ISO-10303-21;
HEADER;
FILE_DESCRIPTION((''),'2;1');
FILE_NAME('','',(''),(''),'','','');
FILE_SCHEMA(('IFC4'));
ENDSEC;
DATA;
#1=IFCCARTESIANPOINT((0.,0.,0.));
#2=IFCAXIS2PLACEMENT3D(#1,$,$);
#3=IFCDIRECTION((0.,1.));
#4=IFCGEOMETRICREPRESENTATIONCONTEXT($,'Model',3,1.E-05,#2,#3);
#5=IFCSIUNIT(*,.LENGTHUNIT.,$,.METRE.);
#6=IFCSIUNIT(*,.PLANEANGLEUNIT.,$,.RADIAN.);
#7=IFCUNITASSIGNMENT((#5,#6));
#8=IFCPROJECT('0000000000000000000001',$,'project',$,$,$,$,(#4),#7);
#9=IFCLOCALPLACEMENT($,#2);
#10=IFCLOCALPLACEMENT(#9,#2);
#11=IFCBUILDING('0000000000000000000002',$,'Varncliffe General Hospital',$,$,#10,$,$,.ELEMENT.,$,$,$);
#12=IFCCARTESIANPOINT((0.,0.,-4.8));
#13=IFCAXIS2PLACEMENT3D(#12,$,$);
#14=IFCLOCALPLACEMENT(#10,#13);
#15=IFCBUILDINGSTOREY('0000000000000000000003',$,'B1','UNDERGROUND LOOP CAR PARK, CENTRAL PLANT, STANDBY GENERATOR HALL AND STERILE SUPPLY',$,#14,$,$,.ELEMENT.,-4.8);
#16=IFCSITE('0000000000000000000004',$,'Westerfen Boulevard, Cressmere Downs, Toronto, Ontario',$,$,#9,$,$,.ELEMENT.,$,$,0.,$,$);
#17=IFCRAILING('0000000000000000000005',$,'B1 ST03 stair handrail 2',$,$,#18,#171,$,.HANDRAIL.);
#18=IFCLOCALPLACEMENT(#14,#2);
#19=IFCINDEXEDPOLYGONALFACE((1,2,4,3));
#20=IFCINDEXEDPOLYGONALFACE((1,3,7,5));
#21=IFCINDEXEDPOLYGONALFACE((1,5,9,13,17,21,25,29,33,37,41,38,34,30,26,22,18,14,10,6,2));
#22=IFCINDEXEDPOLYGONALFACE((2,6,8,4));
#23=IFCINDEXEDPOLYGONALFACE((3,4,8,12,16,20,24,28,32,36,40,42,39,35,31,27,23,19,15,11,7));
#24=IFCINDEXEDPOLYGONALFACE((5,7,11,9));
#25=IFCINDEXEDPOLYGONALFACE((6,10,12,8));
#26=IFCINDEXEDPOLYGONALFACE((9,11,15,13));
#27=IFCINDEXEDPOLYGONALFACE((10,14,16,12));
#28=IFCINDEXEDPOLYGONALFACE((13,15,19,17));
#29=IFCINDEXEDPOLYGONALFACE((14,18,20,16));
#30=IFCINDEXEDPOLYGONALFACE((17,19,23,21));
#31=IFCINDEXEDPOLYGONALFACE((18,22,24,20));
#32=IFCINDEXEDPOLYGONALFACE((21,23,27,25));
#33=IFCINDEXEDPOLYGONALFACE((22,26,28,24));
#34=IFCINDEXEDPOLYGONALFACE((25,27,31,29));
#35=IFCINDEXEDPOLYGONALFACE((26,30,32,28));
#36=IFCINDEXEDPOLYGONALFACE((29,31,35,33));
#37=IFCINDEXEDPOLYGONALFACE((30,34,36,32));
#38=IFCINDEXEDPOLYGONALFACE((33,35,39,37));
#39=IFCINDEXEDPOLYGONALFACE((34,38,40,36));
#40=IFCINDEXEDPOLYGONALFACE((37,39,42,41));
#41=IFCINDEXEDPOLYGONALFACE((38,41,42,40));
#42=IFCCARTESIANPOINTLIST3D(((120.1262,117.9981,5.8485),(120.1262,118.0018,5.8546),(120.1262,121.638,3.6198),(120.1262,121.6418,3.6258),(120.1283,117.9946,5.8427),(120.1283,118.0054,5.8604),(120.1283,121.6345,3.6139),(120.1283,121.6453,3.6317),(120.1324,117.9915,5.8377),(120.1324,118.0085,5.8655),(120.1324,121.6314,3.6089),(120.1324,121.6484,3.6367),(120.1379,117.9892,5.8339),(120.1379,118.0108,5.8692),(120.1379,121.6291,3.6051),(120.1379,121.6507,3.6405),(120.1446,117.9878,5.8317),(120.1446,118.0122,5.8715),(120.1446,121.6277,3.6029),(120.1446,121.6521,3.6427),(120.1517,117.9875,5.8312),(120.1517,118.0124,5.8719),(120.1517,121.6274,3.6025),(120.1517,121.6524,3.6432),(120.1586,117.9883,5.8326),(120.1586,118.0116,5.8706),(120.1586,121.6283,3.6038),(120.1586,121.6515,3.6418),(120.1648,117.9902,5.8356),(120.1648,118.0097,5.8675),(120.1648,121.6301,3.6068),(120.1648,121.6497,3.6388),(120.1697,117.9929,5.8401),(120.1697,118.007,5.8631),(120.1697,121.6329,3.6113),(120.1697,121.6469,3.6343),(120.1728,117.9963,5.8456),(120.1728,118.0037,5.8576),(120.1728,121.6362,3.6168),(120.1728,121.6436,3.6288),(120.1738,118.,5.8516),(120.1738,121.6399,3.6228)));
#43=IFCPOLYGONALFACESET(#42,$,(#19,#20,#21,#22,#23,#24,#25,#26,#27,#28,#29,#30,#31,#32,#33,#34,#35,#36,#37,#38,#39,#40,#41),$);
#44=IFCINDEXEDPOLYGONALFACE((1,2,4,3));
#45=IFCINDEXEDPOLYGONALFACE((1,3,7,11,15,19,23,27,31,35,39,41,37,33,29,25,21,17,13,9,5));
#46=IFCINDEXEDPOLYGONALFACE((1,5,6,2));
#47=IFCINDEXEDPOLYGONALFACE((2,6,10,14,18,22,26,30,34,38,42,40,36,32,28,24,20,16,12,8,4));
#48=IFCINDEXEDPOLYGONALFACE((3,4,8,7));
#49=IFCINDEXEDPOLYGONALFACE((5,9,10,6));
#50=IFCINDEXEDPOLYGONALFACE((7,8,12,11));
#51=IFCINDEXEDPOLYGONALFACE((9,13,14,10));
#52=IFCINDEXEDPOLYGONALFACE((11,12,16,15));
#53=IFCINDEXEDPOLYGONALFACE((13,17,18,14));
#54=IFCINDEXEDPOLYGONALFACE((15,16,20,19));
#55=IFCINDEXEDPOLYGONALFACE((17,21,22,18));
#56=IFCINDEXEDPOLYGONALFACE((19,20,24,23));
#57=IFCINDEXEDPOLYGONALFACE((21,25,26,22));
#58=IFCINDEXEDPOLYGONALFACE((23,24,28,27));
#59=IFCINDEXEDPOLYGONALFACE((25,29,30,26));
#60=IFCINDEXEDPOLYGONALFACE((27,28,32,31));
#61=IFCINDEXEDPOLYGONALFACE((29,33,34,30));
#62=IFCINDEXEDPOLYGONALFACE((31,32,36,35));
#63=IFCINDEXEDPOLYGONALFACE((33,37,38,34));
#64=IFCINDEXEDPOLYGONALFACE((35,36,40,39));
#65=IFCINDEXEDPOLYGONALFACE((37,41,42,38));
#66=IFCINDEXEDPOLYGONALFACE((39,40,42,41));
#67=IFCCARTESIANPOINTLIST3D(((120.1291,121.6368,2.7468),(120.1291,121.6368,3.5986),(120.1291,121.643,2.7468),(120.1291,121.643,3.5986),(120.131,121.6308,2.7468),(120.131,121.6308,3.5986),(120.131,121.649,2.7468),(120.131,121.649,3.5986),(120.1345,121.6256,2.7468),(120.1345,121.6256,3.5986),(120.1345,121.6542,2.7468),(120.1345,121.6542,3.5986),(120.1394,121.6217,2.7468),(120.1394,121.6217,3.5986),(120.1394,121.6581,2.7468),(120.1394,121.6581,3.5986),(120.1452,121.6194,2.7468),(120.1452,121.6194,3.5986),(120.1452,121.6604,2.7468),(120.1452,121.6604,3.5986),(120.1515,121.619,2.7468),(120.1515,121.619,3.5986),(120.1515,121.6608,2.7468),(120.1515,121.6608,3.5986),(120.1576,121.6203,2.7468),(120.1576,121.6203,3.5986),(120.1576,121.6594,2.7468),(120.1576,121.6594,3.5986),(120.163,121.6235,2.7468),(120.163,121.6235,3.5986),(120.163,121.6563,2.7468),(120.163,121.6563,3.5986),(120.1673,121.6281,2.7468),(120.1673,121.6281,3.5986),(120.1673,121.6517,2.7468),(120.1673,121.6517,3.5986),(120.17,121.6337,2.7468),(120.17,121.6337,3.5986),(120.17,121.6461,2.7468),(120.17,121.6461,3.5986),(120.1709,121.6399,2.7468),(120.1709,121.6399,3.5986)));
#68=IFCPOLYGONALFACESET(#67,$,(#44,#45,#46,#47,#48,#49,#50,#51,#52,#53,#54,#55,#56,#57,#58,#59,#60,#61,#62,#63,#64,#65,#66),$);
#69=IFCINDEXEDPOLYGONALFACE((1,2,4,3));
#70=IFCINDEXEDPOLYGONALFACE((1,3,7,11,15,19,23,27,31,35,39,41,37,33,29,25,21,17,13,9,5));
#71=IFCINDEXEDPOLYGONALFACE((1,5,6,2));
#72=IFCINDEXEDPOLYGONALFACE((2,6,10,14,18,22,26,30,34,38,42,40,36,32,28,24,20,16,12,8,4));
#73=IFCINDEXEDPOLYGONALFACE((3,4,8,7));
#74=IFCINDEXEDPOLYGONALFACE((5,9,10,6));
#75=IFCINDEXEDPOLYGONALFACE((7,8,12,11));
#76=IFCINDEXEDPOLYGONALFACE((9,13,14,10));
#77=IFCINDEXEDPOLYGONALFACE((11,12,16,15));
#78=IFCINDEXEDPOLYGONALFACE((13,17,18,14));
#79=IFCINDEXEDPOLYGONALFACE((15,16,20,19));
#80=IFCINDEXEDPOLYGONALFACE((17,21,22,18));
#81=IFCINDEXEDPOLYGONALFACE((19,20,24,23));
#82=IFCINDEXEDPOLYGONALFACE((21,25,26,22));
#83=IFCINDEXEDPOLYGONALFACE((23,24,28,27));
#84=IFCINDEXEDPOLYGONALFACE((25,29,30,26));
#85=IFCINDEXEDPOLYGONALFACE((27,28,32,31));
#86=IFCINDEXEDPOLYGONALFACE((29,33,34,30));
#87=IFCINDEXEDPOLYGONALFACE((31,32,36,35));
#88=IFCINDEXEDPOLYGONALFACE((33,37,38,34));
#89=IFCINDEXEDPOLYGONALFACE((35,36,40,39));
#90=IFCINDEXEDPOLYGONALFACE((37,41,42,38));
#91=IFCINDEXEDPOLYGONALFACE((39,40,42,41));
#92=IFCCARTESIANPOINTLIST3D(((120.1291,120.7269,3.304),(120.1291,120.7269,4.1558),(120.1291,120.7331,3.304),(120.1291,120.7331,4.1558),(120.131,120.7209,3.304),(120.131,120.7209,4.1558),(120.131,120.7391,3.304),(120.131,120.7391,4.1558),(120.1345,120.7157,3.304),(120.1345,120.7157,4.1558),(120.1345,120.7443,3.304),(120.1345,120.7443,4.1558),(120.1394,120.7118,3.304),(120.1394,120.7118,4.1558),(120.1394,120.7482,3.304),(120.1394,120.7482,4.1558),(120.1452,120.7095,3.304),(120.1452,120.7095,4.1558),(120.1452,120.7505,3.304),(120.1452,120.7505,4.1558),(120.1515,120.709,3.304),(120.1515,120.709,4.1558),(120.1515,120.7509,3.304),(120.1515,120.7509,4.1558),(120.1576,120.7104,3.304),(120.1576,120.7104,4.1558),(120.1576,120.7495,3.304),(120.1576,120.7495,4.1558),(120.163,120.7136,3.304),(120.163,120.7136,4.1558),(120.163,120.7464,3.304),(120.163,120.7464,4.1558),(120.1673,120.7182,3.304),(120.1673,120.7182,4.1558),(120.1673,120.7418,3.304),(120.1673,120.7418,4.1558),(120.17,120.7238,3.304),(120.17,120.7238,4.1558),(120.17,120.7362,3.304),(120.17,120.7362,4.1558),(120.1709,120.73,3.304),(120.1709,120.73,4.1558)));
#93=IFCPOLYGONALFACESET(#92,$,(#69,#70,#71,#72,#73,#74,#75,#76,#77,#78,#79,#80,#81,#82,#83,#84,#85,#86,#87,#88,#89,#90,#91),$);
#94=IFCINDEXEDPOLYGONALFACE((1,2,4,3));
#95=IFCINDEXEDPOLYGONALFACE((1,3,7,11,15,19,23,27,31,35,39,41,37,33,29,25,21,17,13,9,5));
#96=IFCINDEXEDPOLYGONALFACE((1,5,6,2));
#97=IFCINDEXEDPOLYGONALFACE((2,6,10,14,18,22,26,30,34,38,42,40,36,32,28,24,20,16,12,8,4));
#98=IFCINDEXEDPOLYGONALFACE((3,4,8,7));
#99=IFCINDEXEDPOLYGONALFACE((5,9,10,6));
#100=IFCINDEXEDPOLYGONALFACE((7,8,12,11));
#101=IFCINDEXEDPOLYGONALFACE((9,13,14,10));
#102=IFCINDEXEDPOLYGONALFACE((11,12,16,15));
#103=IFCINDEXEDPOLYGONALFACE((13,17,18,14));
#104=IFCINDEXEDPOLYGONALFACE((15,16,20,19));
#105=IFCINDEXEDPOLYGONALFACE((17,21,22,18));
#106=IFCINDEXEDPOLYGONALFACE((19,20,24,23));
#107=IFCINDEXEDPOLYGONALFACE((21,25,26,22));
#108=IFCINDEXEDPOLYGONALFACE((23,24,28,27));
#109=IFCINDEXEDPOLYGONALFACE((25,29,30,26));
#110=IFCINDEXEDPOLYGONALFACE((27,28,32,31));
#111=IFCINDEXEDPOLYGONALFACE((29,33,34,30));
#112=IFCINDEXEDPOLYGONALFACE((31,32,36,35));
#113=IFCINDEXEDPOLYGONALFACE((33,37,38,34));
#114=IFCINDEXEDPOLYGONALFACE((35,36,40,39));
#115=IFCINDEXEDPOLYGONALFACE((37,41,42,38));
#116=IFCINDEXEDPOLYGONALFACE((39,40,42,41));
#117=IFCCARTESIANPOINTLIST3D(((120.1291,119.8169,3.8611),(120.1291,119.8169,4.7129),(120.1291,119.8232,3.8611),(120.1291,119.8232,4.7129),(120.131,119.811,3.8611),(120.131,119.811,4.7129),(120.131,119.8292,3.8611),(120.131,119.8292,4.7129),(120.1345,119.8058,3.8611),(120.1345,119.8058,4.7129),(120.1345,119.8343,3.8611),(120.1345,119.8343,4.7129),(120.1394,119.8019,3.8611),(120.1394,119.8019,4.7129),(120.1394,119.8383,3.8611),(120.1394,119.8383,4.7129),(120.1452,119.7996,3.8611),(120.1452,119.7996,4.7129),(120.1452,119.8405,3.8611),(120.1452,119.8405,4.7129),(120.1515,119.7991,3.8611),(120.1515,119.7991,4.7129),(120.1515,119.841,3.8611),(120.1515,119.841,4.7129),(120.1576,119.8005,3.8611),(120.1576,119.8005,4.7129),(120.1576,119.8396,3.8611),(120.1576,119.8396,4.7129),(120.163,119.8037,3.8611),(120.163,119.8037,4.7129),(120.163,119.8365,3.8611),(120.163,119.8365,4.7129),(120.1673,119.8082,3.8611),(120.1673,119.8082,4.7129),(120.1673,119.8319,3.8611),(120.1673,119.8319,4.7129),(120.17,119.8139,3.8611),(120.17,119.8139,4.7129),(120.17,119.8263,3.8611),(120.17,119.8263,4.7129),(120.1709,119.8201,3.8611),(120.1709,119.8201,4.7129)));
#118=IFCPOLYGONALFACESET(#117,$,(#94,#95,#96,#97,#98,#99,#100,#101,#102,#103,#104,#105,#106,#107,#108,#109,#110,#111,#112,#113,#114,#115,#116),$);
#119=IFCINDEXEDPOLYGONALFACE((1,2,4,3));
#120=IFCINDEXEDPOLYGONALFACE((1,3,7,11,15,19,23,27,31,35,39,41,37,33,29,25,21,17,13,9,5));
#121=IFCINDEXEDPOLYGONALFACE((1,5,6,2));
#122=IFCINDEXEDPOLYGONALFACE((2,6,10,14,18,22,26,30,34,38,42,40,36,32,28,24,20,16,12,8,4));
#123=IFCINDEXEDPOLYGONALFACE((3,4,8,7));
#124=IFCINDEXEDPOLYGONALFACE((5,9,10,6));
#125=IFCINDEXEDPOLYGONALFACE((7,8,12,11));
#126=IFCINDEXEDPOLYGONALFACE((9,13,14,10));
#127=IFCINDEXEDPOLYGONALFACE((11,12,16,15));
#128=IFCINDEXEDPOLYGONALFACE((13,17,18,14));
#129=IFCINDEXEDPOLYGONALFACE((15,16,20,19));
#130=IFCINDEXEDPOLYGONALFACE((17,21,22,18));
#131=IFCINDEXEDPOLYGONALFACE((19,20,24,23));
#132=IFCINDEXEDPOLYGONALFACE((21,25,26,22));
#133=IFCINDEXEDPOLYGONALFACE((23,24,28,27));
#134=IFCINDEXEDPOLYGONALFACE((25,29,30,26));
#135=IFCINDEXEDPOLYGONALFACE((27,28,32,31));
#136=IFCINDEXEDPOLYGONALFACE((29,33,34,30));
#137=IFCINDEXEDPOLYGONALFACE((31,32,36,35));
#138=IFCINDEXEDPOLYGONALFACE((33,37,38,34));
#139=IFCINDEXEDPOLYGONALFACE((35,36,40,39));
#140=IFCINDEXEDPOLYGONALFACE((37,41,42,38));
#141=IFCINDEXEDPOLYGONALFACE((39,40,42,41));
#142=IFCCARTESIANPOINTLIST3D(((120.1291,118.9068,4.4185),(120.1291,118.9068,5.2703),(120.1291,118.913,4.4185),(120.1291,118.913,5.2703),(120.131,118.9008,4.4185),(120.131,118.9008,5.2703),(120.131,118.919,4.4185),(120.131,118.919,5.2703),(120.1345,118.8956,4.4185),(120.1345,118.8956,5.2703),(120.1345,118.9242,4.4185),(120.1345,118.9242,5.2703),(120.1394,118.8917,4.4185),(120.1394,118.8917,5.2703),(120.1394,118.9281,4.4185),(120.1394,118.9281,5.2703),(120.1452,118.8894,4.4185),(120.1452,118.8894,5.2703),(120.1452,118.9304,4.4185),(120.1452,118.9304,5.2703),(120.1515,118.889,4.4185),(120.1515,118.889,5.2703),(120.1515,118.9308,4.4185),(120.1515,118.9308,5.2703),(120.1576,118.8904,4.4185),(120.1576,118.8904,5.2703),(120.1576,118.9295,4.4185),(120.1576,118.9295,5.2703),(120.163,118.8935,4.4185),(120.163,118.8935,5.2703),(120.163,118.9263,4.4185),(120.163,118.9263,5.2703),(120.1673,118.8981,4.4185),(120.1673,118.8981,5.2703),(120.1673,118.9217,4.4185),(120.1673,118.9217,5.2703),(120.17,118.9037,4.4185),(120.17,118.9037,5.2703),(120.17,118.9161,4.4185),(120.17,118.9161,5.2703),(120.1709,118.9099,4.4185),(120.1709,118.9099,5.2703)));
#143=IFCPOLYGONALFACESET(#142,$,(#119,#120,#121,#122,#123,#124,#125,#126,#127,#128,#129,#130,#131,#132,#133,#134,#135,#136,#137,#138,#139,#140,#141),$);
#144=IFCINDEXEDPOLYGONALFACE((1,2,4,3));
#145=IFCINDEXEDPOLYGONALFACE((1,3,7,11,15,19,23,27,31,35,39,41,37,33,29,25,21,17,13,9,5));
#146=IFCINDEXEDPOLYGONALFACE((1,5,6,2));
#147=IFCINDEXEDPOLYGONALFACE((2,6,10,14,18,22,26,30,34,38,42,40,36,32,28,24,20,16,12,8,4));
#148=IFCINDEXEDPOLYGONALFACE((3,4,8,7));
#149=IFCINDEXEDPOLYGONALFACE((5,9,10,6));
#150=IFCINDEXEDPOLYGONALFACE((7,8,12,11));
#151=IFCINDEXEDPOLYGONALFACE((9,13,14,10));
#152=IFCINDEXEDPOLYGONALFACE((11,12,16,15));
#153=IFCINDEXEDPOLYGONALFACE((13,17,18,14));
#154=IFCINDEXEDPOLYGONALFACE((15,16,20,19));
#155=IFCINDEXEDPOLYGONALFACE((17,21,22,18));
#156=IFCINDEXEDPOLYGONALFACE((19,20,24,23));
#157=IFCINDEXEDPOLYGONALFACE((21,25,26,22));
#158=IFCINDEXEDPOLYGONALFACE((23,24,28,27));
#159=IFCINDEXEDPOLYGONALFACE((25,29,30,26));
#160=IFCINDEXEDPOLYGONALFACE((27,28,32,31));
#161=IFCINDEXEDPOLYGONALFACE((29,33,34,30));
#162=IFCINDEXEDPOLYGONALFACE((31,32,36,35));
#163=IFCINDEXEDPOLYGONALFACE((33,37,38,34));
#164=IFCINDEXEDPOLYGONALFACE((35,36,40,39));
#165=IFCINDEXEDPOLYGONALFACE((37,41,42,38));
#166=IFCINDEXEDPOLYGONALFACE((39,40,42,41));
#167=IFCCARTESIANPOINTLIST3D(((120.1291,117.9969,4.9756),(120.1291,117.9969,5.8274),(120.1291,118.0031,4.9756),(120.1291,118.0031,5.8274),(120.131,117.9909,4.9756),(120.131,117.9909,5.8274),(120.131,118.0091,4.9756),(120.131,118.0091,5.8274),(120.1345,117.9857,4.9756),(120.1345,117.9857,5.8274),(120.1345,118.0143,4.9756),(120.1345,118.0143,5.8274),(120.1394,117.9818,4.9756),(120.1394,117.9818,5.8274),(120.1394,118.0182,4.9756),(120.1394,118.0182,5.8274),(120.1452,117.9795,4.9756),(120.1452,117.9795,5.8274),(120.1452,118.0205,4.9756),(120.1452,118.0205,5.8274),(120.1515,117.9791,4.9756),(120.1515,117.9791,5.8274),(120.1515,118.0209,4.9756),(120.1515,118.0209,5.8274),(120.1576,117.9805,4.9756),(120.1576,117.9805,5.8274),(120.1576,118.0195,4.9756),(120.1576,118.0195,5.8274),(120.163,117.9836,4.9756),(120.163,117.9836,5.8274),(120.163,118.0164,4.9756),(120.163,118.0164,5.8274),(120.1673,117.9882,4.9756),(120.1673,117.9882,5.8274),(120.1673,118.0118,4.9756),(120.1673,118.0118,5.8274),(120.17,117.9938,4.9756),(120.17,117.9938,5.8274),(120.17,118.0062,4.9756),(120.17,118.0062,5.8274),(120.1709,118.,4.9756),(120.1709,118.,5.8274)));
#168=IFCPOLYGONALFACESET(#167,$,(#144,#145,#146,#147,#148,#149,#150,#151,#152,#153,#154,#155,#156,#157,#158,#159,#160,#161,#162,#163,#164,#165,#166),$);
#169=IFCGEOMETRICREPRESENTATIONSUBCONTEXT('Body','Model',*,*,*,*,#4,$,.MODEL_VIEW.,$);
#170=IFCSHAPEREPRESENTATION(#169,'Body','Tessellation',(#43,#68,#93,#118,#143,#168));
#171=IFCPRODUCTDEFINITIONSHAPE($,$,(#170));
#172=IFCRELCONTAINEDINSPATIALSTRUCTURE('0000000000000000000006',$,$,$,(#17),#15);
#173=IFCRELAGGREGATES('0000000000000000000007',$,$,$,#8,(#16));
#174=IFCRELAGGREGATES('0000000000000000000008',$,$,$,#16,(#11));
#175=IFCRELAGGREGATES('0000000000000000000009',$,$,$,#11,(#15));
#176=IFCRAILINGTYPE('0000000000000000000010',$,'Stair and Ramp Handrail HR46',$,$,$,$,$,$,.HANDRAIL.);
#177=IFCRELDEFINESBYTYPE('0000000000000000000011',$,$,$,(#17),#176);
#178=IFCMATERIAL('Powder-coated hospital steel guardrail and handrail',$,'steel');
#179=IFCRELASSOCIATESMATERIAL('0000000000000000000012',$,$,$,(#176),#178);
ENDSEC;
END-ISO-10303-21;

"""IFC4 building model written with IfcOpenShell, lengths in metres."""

from ifc_helpers import new_model, si_unit, direction, frame, origin, origin_2d, place, context, subcontext, project, spatial, circle, extrude, material, type_object, element, save


model = new_model("IFC4")

# Units and contexts
model_context = context("Model", 3, precision=1e-05, world=origin(), true_north=direction((0.0, 1.0)))
body_context = subcontext(model_context, "Body", "Model", "MODEL_VIEW")
ifc_project = project(units=[si_unit("LENGTHUNIT", "METRE"), si_unit("PLANEANGLEUNIT", "RADIAN")], contexts=[model_context])

# Site, building, storey
site_placement = place(None, origin())
site = spatial("IfcSite", under=ifc_project, at=site_placement, Name="Westerfen Boulevard, Cressmere Downs, Toronto, Ontario", CompositionType="ELEMENT", RefElevation=0.0)
building_placement = place(site_placement, origin())
building = spatial("IfcBuilding", under=site, at=building_placement, Name="Varncliffe General Hospital", CompositionType="ELEMENT")
storey_placement = place(building_placement, frame((0.0, 0.0, -4.8)))
storey = spatial("IfcBuildingStorey", under=building, at=storey_placement, Name="B1", Description="UNDERGROUND LOOP CAR PARK, CENTRAL PLANT, STANDBY GENERATOR HALL AND STERILE SUPPLY", CompositionType="ELEMENT", Elevation=-4.8)

# Railing
ifc_material_1 = material(Name="Powder-coated hospital steel guardrail and handrail", Category="steel")
railing_type_1 = type_object("IfcRailingType", Name="Stair and Ramp Handrail HR46", PredefinedType="HANDRAIL", material=ifc_material_1)
railing_1_placement = place(storey_placement, frame((120.1499, 121.6399, 2.7468)))
element("IfcRailing", 1, at=railing_1_placement, inside=storey, type_object=railing_type_1, Name="B1 ST03 stair handrail 2", PredefinedType="HANDRAIL", context=body_context, shape_type="SweptSolid", body=[
    extrude(circle(Radius=0.0239, at=origin_2d()), frame((0.0, 0.0, 0.876), z_axis=(0.0, -0.852825, 0.522197), x_axis=(1.0, 0.0, 0.0)), (0.0, 0.0, 1.0), 4.2681),
    extrude(circle(Radius=0.021, at=origin_2d()), origin(), (0.0, 0.0, 1.0), 0.8518),
    extrude(circle(Radius=0.021, at=origin_2d()), frame((0.0, -0.9099, 0.5571)), (0.0, 0.0, 1.0), 0.8518),
    extrude(circle(Radius=0.021, at=origin_2d()), frame((0.0, -1.8198, 1.1143)), (0.0, 0.0, 1.0), 0.8518),
    extrude(circle(Radius=0.021, at=origin_2d()), frame((0.0, -2.73, 1.6716)), (0.0, 0.0, 1.0), 0.8518),
    extrude(circle(Radius=0.021, at=origin_2d()), frame((0.0, -3.6399, 2.2288)), (0.0, 0.0, 1.0), 0.8518),
])

save(model, "model.ifc")
